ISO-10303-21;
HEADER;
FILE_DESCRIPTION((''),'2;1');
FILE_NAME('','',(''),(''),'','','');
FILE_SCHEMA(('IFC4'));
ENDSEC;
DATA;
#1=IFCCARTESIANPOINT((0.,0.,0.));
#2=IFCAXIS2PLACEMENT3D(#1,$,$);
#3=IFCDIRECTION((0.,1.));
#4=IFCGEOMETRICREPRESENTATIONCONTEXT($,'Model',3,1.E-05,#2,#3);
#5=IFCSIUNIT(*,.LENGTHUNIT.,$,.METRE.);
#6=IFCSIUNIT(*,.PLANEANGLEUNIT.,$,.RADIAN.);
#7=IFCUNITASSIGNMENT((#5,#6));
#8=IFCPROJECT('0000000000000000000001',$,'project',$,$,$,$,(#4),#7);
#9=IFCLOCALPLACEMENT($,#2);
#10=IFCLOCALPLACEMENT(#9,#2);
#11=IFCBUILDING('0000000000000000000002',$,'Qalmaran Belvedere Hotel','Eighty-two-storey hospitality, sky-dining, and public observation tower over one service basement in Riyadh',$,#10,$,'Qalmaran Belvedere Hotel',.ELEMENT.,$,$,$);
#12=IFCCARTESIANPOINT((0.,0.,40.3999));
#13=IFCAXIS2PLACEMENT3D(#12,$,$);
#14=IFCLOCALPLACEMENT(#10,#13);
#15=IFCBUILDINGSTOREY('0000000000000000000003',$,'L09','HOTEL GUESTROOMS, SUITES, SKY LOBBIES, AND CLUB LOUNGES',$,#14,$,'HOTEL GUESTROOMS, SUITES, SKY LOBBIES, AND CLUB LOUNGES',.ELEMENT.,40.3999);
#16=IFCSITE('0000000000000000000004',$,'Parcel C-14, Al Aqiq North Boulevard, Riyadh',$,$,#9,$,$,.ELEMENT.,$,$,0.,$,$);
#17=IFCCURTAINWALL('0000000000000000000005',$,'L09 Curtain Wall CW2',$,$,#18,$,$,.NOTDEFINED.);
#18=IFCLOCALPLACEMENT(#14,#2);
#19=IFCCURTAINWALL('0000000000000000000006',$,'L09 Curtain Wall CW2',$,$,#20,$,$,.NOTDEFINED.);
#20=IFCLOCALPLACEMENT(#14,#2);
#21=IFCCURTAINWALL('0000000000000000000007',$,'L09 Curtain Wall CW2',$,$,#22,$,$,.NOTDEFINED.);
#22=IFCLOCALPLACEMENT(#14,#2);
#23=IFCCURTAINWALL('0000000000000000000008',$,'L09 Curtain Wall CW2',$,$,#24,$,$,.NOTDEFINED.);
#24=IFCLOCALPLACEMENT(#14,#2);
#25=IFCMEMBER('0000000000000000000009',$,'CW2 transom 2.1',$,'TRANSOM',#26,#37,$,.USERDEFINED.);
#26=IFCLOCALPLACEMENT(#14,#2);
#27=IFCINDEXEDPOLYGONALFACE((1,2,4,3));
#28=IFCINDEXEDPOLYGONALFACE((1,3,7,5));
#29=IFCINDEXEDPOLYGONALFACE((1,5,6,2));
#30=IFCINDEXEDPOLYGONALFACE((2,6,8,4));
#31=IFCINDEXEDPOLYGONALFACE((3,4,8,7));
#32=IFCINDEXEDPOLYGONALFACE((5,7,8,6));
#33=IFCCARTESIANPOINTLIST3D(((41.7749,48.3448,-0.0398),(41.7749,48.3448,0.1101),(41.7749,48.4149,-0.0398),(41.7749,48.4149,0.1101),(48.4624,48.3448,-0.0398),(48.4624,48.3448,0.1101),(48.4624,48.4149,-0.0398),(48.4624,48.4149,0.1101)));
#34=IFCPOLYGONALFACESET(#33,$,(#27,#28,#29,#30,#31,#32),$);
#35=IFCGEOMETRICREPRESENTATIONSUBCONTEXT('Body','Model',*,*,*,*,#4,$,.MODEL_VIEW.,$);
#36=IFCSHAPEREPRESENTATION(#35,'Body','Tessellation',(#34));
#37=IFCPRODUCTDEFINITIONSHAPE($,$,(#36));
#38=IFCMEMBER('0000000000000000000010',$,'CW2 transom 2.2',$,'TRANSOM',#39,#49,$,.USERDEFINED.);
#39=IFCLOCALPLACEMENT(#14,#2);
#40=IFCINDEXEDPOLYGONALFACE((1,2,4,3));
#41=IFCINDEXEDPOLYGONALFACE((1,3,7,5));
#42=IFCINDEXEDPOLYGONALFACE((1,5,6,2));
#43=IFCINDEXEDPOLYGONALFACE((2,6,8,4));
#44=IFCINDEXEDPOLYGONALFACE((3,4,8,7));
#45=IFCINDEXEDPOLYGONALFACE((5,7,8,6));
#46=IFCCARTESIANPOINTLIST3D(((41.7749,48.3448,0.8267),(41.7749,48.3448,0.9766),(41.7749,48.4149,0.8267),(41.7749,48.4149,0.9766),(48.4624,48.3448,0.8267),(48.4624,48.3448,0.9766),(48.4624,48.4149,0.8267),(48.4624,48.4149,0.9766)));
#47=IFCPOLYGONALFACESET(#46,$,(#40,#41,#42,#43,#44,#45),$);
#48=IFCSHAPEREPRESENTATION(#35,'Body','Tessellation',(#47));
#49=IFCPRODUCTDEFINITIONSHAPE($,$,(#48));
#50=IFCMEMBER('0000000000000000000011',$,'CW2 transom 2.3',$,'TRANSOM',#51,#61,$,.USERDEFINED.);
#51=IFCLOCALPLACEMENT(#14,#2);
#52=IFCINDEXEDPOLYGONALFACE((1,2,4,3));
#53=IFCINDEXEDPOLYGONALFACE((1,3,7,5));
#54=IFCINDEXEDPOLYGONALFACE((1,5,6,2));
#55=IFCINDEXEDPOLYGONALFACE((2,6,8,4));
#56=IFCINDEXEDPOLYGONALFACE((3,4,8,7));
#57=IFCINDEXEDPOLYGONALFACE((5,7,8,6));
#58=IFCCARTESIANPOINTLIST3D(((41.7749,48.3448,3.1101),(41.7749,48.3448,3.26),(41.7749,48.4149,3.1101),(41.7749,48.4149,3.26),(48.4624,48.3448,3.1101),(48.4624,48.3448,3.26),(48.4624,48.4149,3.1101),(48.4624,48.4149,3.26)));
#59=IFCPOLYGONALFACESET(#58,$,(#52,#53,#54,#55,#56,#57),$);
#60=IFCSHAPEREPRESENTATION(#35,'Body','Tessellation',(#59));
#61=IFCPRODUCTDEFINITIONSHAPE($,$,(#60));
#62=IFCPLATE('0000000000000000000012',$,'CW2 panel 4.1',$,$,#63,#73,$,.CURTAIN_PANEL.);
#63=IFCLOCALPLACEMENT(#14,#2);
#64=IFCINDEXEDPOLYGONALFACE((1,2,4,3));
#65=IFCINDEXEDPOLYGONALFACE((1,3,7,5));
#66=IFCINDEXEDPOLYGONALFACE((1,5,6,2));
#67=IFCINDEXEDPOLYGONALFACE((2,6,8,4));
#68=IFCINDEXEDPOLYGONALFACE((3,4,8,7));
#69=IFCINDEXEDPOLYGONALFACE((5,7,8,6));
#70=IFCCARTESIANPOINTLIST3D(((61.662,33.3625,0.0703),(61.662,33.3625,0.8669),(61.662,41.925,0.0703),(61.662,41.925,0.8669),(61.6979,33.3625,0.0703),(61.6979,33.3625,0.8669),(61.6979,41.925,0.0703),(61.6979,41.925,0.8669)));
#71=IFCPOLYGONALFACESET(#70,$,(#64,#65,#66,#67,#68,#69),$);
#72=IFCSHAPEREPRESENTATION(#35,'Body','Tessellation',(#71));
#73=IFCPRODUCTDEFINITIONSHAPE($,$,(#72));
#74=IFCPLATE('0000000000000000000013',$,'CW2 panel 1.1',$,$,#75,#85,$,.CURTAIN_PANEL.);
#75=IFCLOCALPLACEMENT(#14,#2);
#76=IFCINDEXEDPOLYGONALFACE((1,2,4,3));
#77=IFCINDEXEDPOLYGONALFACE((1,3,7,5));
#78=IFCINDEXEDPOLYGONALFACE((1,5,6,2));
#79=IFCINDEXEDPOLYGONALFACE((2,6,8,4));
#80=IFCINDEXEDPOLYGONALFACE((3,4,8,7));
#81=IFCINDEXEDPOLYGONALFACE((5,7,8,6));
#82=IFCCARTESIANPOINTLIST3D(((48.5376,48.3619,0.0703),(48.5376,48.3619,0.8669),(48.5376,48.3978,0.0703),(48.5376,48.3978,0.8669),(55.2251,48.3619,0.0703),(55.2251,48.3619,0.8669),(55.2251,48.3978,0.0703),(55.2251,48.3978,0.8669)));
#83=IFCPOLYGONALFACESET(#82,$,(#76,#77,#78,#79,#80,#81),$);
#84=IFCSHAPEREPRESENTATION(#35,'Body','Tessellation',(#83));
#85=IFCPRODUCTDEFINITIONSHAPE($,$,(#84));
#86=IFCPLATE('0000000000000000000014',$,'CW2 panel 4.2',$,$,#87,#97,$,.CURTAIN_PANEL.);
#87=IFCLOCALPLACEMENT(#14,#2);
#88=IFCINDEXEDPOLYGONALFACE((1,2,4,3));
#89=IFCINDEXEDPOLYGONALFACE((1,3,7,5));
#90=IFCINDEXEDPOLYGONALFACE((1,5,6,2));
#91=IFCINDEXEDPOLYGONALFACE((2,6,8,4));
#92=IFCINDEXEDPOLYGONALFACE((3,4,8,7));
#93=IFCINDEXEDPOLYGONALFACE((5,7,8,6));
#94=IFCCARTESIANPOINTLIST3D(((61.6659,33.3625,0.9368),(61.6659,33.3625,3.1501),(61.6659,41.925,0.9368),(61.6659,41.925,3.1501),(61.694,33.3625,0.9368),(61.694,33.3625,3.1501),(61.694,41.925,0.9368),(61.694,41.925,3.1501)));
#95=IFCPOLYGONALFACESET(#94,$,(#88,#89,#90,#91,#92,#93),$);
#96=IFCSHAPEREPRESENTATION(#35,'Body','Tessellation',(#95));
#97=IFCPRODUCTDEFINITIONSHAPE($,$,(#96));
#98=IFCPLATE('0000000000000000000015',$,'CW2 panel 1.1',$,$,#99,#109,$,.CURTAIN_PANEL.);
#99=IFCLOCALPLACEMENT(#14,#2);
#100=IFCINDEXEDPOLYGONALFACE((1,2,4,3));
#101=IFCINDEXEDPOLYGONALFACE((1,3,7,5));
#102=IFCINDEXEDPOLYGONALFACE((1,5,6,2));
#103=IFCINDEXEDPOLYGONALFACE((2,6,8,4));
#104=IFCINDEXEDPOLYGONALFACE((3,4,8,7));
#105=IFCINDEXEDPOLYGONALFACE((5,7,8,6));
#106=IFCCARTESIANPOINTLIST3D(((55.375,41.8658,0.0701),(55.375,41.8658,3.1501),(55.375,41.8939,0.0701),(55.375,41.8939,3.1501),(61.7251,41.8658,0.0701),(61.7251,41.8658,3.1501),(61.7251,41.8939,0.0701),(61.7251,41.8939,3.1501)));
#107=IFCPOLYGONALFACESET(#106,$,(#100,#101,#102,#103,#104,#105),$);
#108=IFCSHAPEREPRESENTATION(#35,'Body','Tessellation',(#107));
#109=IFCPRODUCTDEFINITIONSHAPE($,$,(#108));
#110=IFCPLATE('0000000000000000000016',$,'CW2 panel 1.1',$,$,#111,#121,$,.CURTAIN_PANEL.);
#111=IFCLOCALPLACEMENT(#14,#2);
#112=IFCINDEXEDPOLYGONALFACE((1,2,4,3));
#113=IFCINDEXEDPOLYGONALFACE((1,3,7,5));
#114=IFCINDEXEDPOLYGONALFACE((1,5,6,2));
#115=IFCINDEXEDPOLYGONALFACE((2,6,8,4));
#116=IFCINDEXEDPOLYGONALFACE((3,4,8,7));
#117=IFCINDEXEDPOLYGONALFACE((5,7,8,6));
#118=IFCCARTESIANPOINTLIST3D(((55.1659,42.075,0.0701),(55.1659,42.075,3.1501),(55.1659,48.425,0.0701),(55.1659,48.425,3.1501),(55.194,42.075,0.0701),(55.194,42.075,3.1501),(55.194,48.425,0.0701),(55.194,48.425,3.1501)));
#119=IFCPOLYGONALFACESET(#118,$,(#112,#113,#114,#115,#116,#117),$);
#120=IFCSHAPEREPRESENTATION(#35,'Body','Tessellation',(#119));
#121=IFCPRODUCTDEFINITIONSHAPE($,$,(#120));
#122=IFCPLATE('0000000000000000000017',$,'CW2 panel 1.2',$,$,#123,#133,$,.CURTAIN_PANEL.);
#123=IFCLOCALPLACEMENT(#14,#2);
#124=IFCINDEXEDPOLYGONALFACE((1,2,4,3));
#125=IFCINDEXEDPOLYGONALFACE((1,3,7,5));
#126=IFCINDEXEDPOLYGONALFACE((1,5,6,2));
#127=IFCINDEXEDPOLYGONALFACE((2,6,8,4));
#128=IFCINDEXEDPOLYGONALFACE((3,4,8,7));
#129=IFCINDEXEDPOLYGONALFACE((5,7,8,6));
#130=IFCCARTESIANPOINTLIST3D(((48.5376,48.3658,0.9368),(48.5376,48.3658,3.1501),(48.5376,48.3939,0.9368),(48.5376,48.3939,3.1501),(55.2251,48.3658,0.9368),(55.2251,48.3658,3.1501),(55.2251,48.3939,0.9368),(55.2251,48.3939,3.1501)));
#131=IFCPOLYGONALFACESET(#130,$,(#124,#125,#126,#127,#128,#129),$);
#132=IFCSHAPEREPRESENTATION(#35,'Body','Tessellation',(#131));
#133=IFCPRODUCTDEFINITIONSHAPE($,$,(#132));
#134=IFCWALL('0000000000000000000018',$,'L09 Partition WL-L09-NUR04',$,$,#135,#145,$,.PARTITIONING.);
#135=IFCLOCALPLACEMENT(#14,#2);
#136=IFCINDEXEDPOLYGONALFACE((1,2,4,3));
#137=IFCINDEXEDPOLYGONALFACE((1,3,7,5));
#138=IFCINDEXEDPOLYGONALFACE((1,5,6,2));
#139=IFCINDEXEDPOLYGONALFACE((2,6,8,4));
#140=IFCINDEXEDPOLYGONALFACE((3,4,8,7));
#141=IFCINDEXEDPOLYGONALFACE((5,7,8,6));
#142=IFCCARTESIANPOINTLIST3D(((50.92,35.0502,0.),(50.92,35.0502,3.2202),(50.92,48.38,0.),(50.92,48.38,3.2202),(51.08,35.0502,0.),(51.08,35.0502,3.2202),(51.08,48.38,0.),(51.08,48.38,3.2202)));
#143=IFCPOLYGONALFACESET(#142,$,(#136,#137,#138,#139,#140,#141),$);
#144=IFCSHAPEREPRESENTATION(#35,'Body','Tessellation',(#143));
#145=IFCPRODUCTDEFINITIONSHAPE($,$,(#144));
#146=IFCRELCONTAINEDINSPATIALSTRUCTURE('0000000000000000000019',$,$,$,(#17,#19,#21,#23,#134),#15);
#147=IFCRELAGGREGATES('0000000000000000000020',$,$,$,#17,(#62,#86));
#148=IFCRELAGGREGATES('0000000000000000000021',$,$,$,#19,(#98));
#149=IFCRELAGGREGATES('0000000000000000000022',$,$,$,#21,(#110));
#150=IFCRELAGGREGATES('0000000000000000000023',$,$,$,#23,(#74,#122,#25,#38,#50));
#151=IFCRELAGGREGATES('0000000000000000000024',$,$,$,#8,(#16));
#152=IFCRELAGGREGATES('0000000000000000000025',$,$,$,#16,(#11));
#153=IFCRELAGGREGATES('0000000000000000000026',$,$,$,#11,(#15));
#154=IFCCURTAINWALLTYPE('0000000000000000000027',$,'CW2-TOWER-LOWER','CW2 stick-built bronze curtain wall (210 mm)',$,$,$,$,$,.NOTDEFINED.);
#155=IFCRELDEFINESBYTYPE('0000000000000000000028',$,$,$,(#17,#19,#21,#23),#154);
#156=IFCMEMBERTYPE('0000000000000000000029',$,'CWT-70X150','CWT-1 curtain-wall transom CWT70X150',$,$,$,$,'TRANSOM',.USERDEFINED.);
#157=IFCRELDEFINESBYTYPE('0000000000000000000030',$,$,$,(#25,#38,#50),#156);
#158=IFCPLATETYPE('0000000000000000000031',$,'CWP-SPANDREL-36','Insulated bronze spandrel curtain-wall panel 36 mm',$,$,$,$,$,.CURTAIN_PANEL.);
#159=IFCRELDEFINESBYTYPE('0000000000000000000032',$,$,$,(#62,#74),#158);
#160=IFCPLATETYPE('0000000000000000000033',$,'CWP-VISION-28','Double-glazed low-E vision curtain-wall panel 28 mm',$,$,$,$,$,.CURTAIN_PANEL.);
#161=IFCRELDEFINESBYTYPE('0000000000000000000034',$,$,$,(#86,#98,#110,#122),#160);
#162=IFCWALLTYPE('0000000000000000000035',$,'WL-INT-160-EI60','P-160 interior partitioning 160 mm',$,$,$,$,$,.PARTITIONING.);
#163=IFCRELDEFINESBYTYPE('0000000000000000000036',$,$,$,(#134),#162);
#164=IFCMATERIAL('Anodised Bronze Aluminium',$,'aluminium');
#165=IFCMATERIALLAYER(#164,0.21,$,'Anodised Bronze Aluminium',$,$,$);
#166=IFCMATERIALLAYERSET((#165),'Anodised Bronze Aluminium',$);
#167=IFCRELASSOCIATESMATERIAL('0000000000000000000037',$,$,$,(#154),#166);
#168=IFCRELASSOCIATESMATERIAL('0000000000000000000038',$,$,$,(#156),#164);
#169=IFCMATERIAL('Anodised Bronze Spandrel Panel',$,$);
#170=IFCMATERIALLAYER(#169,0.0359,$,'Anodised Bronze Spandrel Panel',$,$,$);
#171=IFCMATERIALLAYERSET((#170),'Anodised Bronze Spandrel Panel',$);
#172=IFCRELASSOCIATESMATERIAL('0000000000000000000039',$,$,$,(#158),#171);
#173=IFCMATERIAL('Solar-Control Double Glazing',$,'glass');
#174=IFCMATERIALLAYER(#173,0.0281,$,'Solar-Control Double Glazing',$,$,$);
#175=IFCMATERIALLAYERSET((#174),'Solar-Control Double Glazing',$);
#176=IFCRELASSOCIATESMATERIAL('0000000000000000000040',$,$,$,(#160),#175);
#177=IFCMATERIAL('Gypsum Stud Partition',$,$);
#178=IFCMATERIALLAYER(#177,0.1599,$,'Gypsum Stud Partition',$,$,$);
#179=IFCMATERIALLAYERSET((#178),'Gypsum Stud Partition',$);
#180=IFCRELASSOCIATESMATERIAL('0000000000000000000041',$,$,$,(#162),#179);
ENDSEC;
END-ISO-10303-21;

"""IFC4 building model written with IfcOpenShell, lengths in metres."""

from ifc_helpers import new_model, si_unit, direction, frame, frame_2d, origin, origin_2d, place, context, subcontext, project, spatial, rectangle, extrude, material, layer, layer_set, material_profile, profile_set, type_object, element, aggregate, save


model = new_model("IFC4")

# Units and contexts
model_context = context("Model", 3, precision=1e-05, world=origin(), true_north=direction((0.0, 1.0)))
body_context = subcontext(model_context, "Body", "Model", "MODEL_VIEW")
ifc_project = project(units=[si_unit("LENGTHUNIT", "METRE"), si_unit("PLANEANGLEUNIT", "RADIAN")], contexts=[model_context])

# Site, building, storey
site_placement = place(None, origin())
site = spatial("IfcSite", under=ifc_project, at=site_placement, Name="Parcel C-14, Al Aqiq North Boulevard, Riyadh", CompositionType="ELEMENT", RefElevation=0.0)
building_placement = place(site_placement, origin())
building = spatial("IfcBuilding", under=site, at=building_placement, Name="Qalmaran Belvedere Hotel", Description="Eighty-two-storey hospitality, sky-dining, and public observation tower over one service basement in Riyadh", LongName="Qalmaran Belvedere Hotel", CompositionType="ELEMENT")
storey_placement = place(building_placement, frame((0.0, 0.0, 40.3999)))
storey = spatial("IfcBuildingStorey", under=building, at=storey_placement, Name="L09", Description="HOTEL GUESTROOMS, SUITES, SKY LOBBIES, AND CLUB LOUNGES", LongName="HOTEL GUESTROOMS, SUITES, SKY LOBBIES, AND CLUB LOUNGES", CompositionType="ELEMENT", Elevation=40.3999)

# Curtain wall
ifc_material_1 = material(Name="Anodised Bronze Aluminium", Category="aluminium")
ifc_layer_1 = layer(ifc_material_1, 0.21, Name="Anodised Bronze Aluminium")
ifc_layer_set_1 = layer_set([ifc_layer_1], Name="Anodised Bronze Aluminium")
curtain_wall_type = type_object("IfcCurtainWallType", Name="CW2-TOWER-LOWER", Description="CW2 stick-built bronze curtain wall (210 mm)", PredefinedType="NOTDEFINED", material=ifc_layer_set_1)
curtain_wall_1_placement = place(storey_placement, origin())
curtain_wall_1 = element("IfcCurtainWall", 1, at=curtain_wall_1_placement, inside=storey, type_object=curtain_wall_type, Name="L09 Curtain Wall CW2", PredefinedType="NOTDEFINED")

# Curtain walls
curtain_wall_2_placement = place(storey_placement, origin())
curtain_wall_2 = element("IfcCurtainWall", 2, at=curtain_wall_2_placement, inside=storey, type_object=curtain_wall_type, Name="L09 Curtain Wall CW2", PredefinedType="NOTDEFINED")
curtain_wall_3_placement = place(storey_placement, origin())
curtain_wall_3 = element("IfcCurtainWall", 3, at=curtain_wall_3_placement, inside=storey, type_object=curtain_wall_type, Name="L09 Curtain Wall CW2", PredefinedType="NOTDEFINED")
curtain_wall_4_placement = place(storey_placement, origin())
curtain_wall_4 = element("IfcCurtainWall", 4, at=curtain_wall_4_placement, inside=storey, type_object=curtain_wall_type, Name="L09 Curtain Wall CW2", PredefinedType="NOTDEFINED")

# Members
ifc_material_profile_1 = material_profile(ifc_material_1, rectangle(XDim=0.0701, YDim=0.1499, at=origin_2d()), Name="CWT70X150")
ifc_profile_set_1 = profile_set([ifc_material_profile_1], Name="Anodised Bronze Aluminium")
member_type_1 = type_object("IfcMemberType", Name="CWT-70X150", Description="CWT-1 curtain-wall transom CWT70X150", ElementType="TRANSOM", PredefinedType="USERDEFINED", material=ifc_profile_set_1)
member_1_placement = place(storey_placement, frame((48.4624, 48.3799, 0.0352), z_axis=(-1.0, 0.0, 0.0), x_axis=(0.0, -1.0, 0.0)))
member_1 = element("IfcMember", 5, at=member_1_placement, type_object=member_type_1, Name="CW2 transom 2.1", ObjectType="TRANSOM", PredefinedType="USERDEFINED", context=body_context, shape_type="SweptSolid", body=[
    extrude(rectangle(XDim=0.0701, YDim=0.1499, at=origin_2d()), origin(), (0.0, 0.0, 1.0), 6.6875),
])
member_2_placement = place(storey_placement, frame((48.4624, 48.3799, 0.9016), z_axis=(-1.0, 0.0, 0.0), x_axis=(0.0, -1.0, 0.0)))
member_2 = element("IfcMember", 6, at=member_2_placement, type_object=member_type_1, Name="CW2 transom 2.2", ObjectType="TRANSOM", PredefinedType="USERDEFINED", context=body_context, shape_type="SweptSolid", body=[
    extrude(rectangle(XDim=0.0701, YDim=0.1499, at=origin_2d()), origin(), (0.0, 0.0, 1.0), 6.6875),
])
member_3_placement = place(storey_placement, frame((48.4624, 48.3799, 3.1851), z_axis=(-1.0, 0.0, 0.0), x_axis=(0.0, -1.0, 0.0)))
member_3 = element("IfcMember", 7, at=member_3_placement, type_object=member_type_1, Name="CW2 transom 2.3", ObjectType="TRANSOM", PredefinedType="USERDEFINED", context=body_context, shape_type="SweptSolid", body=[
    extrude(rectangle(XDim=0.0701, YDim=0.1499, at=origin_2d()), origin(), (0.0, 0.0, 1.0), 6.6875),
])

# Plates
ifc_material_2 = material(Name="Anodised Bronze Spandrel Panel")
ifc_layer_2 = layer(ifc_material_2, 0.0359, Name="Anodised Bronze Spandrel Panel")
ifc_layer_set_2 = layer_set([ifc_layer_2], Name="Anodised Bronze Spandrel Panel")
plate_type_1 = type_object("IfcPlateType", Name="CWP-SPANDREL-36", Description="Insulated bronze spandrel curtain-wall panel 36 mm", PredefinedType="CURTAIN_PANEL", material=ifc_layer_set_2)
plate_1_placement = place(storey_placement, frame((61.6799, 37.6438, 0.0703), z_axis=(0.0, 0.0, 1.0), x_axis=(0.0, 1.0, 0.0)))
plate_1 = element("IfcPlate", 8, at=plate_1_placement, type_object=plate_type_1, Name="CW2 panel 4.1", PredefinedType="CURTAIN_PANEL", context=body_context, shape_type="SweptSolid", body=[
    extrude(rectangle(XDim=8.5625, YDim=0.0359, at=origin_2d()), origin(), (0.0, 0.0, 1.0), 0.7966),
])
plate_2_placement = place(storey_placement, frame((51.8813, 48.3799, 0.0703), z_axis=(0.0, 0.0, 1.0), x_axis=(-1.0, 0.0, 0.0)))
plate_2 = element("IfcPlate", 9, at=plate_2_placement, type_object=plate_type_1, Name="CW2 panel 1.1", PredefinedType="CURTAIN_PANEL", context=body_context, shape_type="SweptSolid", body=[
    extrude(rectangle(XDim=6.6875, YDim=0.0359, at=origin_2d()), origin(), (0.0, 0.0, 1.0), 0.7966),
])
ifc_material_3 = material(Name="Solar-Control Double Glazing", Category="glass")
ifc_layer_3 = layer(ifc_material_3, 0.0281, Name="Solar-Control Double Glazing")
ifc_layer_set_3 = layer_set([ifc_layer_3], Name="Solar-Control Double Glazing")
plate_type_2 = type_object("IfcPlateType", Name="CWP-VISION-28", Description="Double-glazed low-E vision curtain-wall panel 28 mm", PredefinedType="CURTAIN_PANEL", material=ifc_layer_set_3)
plate_3_placement = place(storey_placement, frame((61.6799, 37.6438, 0.9368), z_axis=(0.0, 0.0, 1.0), x_axis=(0.0, 1.0, 0.0)))
plate_3 = element("IfcPlate", 10, at=plate_3_placement, type_object=plate_type_2, Name="CW2 panel 4.2", PredefinedType="CURTAIN_PANEL", context=body_context, shape_type="SweptSolid", body=[
    extrude(rectangle(XDim=8.5625, YDim=0.0281, at=origin_2d()), origin(), (0.0, 0.0, 1.0), 2.2134),
])
aggregate(curtain_wall_1, [plate_1, plate_3])
plate_4_placement = place(storey_placement, frame((58.55, 41.8799, 0.0701), z_axis=(0.0, 0.0, 1.0), x_axis=(-1.0, 0.0, 0.0)))
plate_4 = element("IfcPlate", 11, at=plate_4_placement, type_object=plate_type_2, Name="CW2 panel 1.1", PredefinedType="CURTAIN_PANEL", context=body_context, shape_type="SweptSolid", body=[
    extrude(rectangle(XDim=6.3501, YDim=0.0281, at=origin_2d()), origin(), (0.0, 0.0, 1.0), 3.0801),
])
aggregate(curtain_wall_2, [plate_4])
plate_5_placement = place(storey_placement, frame((55.1799, 45.25, 0.0701), z_axis=(0.0, 0.0, 1.0), x_axis=(0.0, 1.0, 0.0)))
plate_5 = element("IfcPlate", 12, at=plate_5_placement, type_object=plate_type_2, Name="CW2 panel 1.1", PredefinedType="CURTAIN_PANEL", context=body_context, shape_type="SweptSolid", body=[
    extrude(rectangle(XDim=6.3501, YDim=0.0281, at=origin_2d()), origin(), (0.0, 0.0, 1.0), 3.0801),
])
aggregate(curtain_wall_3, [plate_5])
plate_6_placement = place(storey_placement, frame((51.8813, 48.3799, 0.9368), z_axis=(0.0, 0.0, 1.0), x_axis=(-1.0, 0.0, 0.0)))
plate_6 = element("IfcPlate", 13, at=plate_6_placement, type_object=plate_type_2, Name="CW2 panel 1.2", PredefinedType="CURTAIN_PANEL", context=body_context, shape_type="SweptSolid", body=[
    extrude(rectangle(XDim=6.6875, YDim=0.0281, at=origin_2d()), origin(), (0.0, 0.0, 1.0), 2.2134),
])
aggregate(curtain_wall_4, [plate_2, plate_6, member_1, member_2, member_3])

# Wall
ifc_material_4 = material(Name="Gypsum Stud Partition")
ifc_layer_4 = layer(ifc_material_4, 0.1599, Name="Gypsum Stud Partition")
ifc_layer_set_4 = layer_set([ifc_layer_4], Name="Gypsum Stud Partition")
wall_type = type_object("IfcWallType", Name="WL-INT-160-EI60", Description="P-160 interior partitioning 160 mm", PredefinedType="PARTITIONING", material=ifc_layer_set_4)
wall_placement = place(storey_placement, frame((51.0, 35.05, 0.0), z_axis=(0.0, 0.0, 1.0), x_axis=(0.0, 1.0, 0.0)))
element("IfcWall", 14, at=wall_placement, inside=storey, type_object=wall_type, Name="L09 Partition WL-L09-NUR04", PredefinedType="PARTITIONING", context=body_context, shape_type="SweptSolid", body=[
    extrude(rectangle(XDim=13.3298, YDim=0.1599, at=frame_2d((6.665, 0.0))), origin(), (0.0, 0.0, 1.0), 3.2202),
])

save(model, "model.ifc")
